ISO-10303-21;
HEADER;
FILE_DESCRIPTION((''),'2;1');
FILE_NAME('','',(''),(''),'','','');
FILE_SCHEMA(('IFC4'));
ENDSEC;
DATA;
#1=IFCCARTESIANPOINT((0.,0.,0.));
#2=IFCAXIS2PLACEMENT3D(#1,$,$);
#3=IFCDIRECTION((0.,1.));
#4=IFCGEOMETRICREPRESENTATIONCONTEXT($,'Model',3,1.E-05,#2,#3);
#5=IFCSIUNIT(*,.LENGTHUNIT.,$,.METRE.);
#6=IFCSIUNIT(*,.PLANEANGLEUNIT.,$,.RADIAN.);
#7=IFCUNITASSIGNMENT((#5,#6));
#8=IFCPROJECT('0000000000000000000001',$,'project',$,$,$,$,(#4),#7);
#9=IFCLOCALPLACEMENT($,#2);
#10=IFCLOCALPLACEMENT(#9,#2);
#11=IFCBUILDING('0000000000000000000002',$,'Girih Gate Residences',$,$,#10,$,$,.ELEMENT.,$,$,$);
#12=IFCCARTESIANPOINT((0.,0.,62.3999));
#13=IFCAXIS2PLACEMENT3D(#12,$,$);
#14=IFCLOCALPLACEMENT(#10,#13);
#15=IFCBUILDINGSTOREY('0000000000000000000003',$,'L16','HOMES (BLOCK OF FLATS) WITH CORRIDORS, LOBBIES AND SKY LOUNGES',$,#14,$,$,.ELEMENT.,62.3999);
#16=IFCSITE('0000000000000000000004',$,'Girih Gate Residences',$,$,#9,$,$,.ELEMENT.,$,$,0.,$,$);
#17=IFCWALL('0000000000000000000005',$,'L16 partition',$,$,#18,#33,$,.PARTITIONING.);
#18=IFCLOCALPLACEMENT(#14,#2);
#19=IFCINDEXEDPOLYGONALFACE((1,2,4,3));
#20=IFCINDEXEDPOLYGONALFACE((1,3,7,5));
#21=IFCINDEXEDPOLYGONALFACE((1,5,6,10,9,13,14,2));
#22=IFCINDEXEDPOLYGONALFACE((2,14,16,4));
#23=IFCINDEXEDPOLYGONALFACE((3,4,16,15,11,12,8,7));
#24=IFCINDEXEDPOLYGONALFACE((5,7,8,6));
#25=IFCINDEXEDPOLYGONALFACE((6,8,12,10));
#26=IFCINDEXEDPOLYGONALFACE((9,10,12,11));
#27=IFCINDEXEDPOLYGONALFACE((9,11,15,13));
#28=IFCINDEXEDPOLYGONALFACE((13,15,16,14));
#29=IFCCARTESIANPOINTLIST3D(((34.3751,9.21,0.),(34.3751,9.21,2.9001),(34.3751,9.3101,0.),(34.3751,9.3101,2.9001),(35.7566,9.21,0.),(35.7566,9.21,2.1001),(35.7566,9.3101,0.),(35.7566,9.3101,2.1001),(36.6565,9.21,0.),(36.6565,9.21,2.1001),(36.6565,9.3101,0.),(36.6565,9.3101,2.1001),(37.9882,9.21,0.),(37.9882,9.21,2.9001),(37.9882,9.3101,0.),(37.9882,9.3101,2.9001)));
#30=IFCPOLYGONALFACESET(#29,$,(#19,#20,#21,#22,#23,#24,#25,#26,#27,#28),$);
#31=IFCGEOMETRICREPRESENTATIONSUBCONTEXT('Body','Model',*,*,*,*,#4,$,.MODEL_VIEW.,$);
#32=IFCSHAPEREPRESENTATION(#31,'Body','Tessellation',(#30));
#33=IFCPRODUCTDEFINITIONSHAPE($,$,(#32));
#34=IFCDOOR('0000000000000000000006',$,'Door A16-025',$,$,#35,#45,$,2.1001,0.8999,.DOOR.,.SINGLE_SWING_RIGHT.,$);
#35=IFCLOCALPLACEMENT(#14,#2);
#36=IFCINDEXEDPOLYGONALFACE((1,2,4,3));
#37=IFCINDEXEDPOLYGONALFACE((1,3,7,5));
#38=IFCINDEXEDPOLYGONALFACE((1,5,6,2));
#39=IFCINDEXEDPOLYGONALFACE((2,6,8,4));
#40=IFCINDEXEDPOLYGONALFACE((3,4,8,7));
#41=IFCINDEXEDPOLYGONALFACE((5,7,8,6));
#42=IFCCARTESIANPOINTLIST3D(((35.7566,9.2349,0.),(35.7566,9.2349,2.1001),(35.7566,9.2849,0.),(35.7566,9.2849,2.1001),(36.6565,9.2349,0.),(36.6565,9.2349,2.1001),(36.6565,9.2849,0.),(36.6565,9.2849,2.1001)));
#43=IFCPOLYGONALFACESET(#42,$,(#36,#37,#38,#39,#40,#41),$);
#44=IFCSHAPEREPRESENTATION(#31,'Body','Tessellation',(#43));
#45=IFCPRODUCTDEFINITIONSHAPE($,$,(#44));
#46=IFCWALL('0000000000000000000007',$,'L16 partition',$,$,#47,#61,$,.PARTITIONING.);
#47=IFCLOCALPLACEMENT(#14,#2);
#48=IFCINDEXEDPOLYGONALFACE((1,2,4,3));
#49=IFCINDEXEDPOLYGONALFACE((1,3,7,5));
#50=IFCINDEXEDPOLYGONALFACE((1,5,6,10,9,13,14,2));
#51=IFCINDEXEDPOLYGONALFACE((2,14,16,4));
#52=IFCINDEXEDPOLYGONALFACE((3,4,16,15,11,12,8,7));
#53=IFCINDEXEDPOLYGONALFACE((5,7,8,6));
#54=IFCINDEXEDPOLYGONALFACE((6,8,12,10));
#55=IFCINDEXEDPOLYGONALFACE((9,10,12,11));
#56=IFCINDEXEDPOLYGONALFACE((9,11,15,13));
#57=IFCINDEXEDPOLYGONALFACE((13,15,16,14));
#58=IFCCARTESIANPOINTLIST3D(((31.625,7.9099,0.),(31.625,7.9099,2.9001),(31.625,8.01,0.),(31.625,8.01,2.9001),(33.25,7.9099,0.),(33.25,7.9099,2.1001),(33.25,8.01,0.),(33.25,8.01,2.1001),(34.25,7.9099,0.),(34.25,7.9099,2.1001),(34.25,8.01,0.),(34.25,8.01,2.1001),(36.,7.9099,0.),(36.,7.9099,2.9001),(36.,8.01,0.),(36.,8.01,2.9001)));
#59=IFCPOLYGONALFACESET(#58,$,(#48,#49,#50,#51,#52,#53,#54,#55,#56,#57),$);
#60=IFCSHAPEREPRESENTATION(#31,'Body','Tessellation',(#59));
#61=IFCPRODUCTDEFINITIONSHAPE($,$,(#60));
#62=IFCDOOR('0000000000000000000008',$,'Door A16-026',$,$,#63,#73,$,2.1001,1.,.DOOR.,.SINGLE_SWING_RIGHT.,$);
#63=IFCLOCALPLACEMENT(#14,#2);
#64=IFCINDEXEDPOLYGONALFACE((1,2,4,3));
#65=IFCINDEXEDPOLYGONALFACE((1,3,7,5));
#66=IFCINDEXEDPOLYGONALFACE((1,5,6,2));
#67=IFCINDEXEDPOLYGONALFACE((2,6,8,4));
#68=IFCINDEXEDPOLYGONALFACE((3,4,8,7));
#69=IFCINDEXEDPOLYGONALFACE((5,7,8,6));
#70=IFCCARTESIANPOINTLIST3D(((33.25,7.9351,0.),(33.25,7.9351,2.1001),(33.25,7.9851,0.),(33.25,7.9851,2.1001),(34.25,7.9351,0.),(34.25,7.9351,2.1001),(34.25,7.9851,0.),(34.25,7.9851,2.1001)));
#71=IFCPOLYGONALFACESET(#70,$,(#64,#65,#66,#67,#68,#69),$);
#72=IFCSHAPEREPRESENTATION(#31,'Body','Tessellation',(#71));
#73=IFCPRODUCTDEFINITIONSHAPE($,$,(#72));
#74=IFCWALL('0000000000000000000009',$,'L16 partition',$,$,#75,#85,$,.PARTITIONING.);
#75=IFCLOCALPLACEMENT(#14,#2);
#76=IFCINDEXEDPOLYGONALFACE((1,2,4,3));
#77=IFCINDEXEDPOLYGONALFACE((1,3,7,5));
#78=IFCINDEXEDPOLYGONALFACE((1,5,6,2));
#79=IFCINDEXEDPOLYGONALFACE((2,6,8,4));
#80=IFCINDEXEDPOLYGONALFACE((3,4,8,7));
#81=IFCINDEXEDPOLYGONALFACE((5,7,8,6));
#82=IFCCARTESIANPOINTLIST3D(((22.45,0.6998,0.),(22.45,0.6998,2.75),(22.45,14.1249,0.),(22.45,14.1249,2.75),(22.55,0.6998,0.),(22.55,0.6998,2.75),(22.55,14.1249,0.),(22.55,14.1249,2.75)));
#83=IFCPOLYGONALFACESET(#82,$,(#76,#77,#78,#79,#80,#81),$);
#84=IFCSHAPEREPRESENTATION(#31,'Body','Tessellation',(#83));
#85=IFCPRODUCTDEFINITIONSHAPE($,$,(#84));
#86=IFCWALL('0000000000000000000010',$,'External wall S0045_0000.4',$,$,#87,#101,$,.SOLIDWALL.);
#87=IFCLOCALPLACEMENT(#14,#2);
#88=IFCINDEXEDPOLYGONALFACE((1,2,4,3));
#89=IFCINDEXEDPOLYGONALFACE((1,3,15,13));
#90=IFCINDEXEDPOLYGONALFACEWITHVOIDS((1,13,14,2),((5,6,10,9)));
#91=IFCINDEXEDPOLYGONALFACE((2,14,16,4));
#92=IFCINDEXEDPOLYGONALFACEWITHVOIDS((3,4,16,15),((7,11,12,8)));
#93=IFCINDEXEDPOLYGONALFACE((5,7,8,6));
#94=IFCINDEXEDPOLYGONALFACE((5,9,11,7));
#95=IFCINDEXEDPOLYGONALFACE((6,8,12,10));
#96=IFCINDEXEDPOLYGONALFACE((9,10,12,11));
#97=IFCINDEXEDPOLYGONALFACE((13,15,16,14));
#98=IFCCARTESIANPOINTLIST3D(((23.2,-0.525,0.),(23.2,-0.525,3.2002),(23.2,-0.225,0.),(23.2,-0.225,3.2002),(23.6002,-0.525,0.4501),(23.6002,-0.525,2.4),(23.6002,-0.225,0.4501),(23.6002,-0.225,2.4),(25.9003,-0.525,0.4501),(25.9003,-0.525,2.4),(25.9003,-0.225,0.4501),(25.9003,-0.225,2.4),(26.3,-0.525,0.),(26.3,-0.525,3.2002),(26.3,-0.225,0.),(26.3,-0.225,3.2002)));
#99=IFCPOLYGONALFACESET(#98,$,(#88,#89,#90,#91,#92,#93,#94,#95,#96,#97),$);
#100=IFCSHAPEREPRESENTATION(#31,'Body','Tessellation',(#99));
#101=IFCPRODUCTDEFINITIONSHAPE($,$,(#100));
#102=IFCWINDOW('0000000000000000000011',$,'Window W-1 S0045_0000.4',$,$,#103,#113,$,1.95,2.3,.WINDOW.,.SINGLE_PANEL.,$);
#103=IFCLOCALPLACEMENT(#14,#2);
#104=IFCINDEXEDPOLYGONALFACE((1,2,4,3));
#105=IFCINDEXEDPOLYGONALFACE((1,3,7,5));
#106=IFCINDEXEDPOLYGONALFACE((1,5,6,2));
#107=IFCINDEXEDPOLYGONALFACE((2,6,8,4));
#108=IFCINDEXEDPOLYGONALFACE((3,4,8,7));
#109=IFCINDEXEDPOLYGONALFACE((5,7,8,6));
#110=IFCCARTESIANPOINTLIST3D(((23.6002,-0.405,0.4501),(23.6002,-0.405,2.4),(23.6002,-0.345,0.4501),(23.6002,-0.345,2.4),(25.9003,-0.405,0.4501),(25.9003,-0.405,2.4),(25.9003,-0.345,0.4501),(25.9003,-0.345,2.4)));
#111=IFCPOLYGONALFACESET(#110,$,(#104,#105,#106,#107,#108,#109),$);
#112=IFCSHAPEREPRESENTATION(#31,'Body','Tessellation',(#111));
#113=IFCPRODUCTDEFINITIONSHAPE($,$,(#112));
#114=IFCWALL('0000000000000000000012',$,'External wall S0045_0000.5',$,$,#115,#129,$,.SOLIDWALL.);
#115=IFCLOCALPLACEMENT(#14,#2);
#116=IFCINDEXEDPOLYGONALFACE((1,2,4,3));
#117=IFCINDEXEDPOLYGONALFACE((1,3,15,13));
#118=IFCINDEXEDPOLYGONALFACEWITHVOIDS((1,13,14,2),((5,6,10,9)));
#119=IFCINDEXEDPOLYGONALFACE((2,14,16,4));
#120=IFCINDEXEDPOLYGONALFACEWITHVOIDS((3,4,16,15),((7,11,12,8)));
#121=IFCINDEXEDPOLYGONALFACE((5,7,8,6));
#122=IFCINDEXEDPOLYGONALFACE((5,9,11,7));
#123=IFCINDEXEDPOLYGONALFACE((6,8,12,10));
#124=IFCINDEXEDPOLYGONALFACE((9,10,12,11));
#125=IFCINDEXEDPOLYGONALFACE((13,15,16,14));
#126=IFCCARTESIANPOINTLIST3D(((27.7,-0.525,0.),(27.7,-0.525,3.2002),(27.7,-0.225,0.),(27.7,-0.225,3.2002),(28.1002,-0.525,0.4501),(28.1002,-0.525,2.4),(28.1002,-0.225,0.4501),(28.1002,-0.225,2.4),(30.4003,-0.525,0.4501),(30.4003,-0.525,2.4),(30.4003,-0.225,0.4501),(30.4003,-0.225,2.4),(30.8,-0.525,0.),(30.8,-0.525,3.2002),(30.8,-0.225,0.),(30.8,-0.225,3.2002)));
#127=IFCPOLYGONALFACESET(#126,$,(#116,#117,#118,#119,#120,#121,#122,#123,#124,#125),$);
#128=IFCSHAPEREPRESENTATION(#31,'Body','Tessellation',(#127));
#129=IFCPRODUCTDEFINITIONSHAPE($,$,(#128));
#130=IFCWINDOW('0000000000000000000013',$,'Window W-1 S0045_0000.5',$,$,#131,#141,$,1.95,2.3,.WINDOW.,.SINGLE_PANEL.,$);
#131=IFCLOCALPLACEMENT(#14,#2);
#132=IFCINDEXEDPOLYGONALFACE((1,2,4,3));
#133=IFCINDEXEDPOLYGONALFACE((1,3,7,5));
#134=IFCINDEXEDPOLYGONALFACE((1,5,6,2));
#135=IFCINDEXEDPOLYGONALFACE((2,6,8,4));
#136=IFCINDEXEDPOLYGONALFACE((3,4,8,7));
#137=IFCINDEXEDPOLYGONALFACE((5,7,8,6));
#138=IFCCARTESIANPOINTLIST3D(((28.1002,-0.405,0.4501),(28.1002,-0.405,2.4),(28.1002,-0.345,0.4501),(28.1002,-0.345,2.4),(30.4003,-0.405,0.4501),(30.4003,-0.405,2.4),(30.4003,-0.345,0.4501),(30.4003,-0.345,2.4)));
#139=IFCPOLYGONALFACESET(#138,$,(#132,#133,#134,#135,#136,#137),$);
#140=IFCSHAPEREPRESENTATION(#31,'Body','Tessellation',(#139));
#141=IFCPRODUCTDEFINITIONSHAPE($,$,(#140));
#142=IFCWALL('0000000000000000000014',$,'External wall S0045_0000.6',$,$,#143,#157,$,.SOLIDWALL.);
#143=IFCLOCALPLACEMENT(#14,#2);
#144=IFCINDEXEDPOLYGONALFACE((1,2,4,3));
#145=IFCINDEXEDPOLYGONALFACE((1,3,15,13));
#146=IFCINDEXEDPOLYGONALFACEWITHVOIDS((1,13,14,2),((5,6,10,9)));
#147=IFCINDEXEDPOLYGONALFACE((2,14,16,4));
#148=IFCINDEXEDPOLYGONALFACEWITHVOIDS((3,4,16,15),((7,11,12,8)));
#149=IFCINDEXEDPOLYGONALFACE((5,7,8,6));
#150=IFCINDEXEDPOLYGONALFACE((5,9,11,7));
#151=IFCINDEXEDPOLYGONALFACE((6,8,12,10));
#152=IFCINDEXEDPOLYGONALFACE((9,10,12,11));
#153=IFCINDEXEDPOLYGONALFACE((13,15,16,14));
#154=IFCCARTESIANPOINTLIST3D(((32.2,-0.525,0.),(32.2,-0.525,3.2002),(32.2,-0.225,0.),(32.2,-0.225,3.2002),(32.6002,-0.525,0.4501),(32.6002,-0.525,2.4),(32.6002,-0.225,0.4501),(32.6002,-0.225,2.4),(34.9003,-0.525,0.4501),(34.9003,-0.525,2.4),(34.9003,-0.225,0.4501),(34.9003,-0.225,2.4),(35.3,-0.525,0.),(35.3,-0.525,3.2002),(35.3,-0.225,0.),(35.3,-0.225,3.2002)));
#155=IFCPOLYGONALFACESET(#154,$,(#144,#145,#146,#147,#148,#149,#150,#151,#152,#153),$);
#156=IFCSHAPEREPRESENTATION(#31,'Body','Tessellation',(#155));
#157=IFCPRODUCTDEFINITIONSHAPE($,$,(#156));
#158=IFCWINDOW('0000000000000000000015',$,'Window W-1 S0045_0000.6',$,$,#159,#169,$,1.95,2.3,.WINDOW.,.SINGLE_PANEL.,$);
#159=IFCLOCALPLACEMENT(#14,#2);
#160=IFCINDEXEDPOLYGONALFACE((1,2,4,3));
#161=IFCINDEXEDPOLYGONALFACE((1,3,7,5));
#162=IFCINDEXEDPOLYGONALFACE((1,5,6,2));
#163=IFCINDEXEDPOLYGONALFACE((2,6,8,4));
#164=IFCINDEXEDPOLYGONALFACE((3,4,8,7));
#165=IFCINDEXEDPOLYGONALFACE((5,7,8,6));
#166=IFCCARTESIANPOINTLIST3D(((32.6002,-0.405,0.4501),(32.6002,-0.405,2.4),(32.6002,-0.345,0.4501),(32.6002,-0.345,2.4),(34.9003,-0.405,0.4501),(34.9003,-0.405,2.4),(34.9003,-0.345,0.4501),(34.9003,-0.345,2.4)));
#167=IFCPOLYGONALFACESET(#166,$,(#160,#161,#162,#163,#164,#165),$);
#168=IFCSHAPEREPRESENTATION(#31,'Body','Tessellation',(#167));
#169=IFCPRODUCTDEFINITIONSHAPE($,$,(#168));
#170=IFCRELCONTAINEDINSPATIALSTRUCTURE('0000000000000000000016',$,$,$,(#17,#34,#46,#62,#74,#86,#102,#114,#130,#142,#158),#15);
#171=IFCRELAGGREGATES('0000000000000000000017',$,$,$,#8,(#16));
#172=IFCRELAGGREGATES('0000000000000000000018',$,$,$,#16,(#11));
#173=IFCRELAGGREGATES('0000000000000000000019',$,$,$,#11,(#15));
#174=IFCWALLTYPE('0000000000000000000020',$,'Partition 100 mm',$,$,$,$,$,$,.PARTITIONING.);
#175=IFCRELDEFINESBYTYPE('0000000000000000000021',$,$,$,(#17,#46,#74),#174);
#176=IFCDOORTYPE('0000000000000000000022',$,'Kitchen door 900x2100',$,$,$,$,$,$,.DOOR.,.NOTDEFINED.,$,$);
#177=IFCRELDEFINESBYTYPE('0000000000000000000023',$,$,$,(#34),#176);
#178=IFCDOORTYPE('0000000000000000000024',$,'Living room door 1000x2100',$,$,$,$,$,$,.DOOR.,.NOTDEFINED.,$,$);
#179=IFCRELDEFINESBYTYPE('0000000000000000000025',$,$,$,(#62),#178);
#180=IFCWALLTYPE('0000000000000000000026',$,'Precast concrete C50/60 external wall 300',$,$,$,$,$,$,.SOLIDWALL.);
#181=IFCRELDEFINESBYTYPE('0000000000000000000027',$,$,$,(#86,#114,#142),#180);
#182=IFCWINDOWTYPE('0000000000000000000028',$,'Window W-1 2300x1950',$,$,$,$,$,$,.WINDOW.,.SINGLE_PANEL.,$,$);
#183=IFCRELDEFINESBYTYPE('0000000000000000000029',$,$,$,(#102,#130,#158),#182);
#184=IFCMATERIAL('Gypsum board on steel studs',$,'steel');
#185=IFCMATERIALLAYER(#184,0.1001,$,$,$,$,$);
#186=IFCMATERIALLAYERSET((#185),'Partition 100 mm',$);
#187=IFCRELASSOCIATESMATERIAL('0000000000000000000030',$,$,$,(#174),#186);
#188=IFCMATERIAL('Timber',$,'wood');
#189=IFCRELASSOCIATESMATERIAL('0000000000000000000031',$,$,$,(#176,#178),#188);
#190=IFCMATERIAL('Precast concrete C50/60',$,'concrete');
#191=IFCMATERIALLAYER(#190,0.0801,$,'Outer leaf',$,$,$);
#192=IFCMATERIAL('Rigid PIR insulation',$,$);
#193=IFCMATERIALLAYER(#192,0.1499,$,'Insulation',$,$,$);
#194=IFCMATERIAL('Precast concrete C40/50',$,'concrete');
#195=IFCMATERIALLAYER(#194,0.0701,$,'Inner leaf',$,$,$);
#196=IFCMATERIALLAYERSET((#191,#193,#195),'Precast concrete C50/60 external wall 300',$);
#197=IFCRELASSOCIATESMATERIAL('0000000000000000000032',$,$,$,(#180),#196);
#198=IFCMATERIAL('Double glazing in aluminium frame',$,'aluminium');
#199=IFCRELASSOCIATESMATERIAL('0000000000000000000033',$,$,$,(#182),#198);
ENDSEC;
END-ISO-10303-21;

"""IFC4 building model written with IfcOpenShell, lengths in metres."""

from ifc_helpers import new_model, si_unit, direction, frame, frame_2d, origin, place, context, subcontext, project, spatial, rectangle, extrude, material, layer, layer_set, type_object, element, fill, save


model = new_model("IFC4")

# Units and contexts
model_context = context("Model", 3, precision=1e-05, world=origin(), true_north=direction((0.0, 1.0)))
body_context = subcontext(model_context, "Body", "Model", "MODEL_VIEW")
ifc_project = project(units=[si_unit("LENGTHUNIT", "METRE"), si_unit("PLANEANGLEUNIT", "RADIAN")], contexts=[model_context])

# Site, building, storey
site_placement = place(None, origin())
site = spatial("IfcSite", under=ifc_project, at=site_placement, Name="Girih Gate Residences", CompositionType="ELEMENT", RefElevation=0.0)
building_placement = place(site_placement, origin())
building = spatial("IfcBuilding", under=site, at=building_placement, Name="Girih Gate Residences", CompositionType="ELEMENT")
storey_placement = place(building_placement, frame((0.0, 0.0, 62.3999)))
storey = spatial("IfcBuildingStorey", under=building, at=storey_placement, Name="L16", Description="HOMES (BLOCK OF FLATS) WITH CORRIDORS, LOBBIES AND SKY LOUNGES", CompositionType="ELEMENT", Elevation=62.3999)

# Shared definitions
ifc_material_1 = material(Name="Gypsum board on steel studs", Category="steel")

# Shared definitions
ifc_layer_1 = layer(ifc_material_1, 0.1001)
ifc_layer_set_1 = layer_set([ifc_layer_1], Name="Partition 100 mm")
wall_type_1 = type_object("IfcWallType", Name="Partition 100 mm", PredefinedType="PARTITIONING", material=ifc_layer_set_1)
ifc_material_2 = material(Name="Timber", Category="wood")

# Walls, openings, doors
wall_1_placement = place(storey_placement, frame((34.375, 9.26, 0.0), z_axis=(0.0, 0.0, 1.0), x_axis=(1.0, 0.0, 0.0)))
wall_1 = element("IfcWall", 1, at=wall_1_placement, inside=storey, type_object=wall_type_1, Name="L16 partition", PredefinedType="PARTITIONING", context=body_context, shape_type="SweptSolid", body=[
    extrude(rectangle(XDim=3.613, YDim=0.1001, at=frame_2d((1.8066, 0.0))), origin(), (0.0, 0.0, 1.0), 2.9001),
])
opening_1_placement = place(wall_1_placement, frame((1.3816, 0.0, 0.0)))
opening_1 = element("IfcOpeningElement", 2, at=opening_1_placement, cuts=wall_1, PredefinedType="OPENING", context=body_context, shape_type="SweptSolid", body=[
    extrude(rectangle(XDim=0.8999, YDim=2.1001, at=frame_2d((0.45, 1.05))), frame((0.0, 0.0601, 0.0), z_axis=(0.0, -1.0, 0.0), x_axis=(1.0, 0.0, 0.0)), (0.0, 0.0, 1.0), 0.1201),
])
door_type_1 = type_object("IfcDoorType", Name="Kitchen door 900x2100", OperationType="NOTDEFINED", PredefinedType="DOOR", material=ifc_material_2)
door_1_placement = place(opening_1_placement, origin())
door_1 = element("IfcDoor", 3, at=door_1_placement, inside=storey, type_object=door_type_1, Name="Door A16-025", OperationType="SINGLE_SWING_RIGHT", OverallHeight=2.1001, OverallWidth=0.8999, PredefinedType="DOOR", context=body_context, shape_type="SweptSolid", body=[
    extrude(rectangle(XDim=0.8999, YDim=2.1001, at=frame_2d((0.45, 1.05))), frame((0.0, 0.0249, 0.0), z_axis=(0.0, -1.0, 0.0), x_axis=(1.0, 0.0, 0.0)), (0.0, 0.0, 1.0), 0.05),
])
fill(opening_1, door_1)
wall_2_placement = place(storey_placement, frame((36.0, 7.96, 0.0), z_axis=(0.0, 0.0, 1.0), x_axis=(-1.0, 0.0, 0.0)))
wall_2 = element("IfcWall", 4, at=wall_2_placement, inside=storey, type_object=wall_type_1, Name="L16 partition", PredefinedType="PARTITIONING", context=body_context, shape_type="SweptSolid", body=[
    extrude(rectangle(XDim=4.375, YDim=0.1001, at=frame_2d((2.1875, 0.0))), origin(), (0.0, 0.0, 1.0), 2.9001),
])
opening_2_placement = place(wall_2_placement, frame((1.75, 0.0, 0.0)))
opening_2 = element("IfcOpeningElement", 5, at=opening_2_placement, cuts=wall_2, PredefinedType="OPENING", context=body_context, shape_type="SweptSolid", body=[
    extrude(rectangle(XDim=1.0, YDim=2.1001, at=frame_2d((0.5, 1.05))), frame((0.0, 0.0601, 0.0), z_axis=(0.0, -1.0, 0.0), x_axis=(1.0, 0.0, 0.0)), (0.0, 0.0, 1.0), 0.1201),
])
door_type_2 = type_object("IfcDoorType", Name="Living room door 1000x2100", OperationType="NOTDEFINED", PredefinedType="DOOR", material=ifc_material_2)
door_2_placement = place(opening_2_placement, origin())
door_2 = element("IfcDoor", 6, at=door_2_placement, inside=storey, type_object=door_type_2, Name="Door A16-026", OperationType="SINGLE_SWING_RIGHT", OverallHeight=2.1001, OverallWidth=1.0, PredefinedType="DOOR", context=body_context, shape_type="SweptSolid", body=[
    extrude(rectangle(XDim=1.0, YDim=2.1001, at=frame_2d((0.5, 1.05))), frame((0.0, 0.0249, 0.0), z_axis=(0.0, -1.0, 0.0), x_axis=(1.0, 0.0, 0.0)), (0.0, 0.0, 1.0), 0.05),
])
fill(opening_2, door_2)

# Wall
wall_3_placement = place(storey_placement, frame((22.5, 0.7, 0.0), z_axis=(0.0, 0.0, 1.0), x_axis=(0.0, 1.0, 0.0)))
element("IfcWall", 7, at=wall_3_placement, inside=storey, type_object=wall_type_1, Name="L16 partition", PredefinedType="PARTITIONING", context=body_context, shape_type="SweptSolid", body=[
    extrude(rectangle(XDim=13.425, YDim=0.1001, at=frame_2d((6.7124, 0.0))), origin(), (0.0, 0.0, 1.0), 2.75),
])

# Walls, openings, windows
ifc_material_3 = material(Name="Precast concrete C50/60", Category="concrete")
ifc_layer_2 = layer(ifc_material_3, 0.0801, Name="Outer leaf")
ifc_material_4 = material(Name="Rigid PIR insulation")
ifc_layer_3 = layer(ifc_material_4, 0.1499, Name="Insulation")
ifc_material_5 = material(Name="Precast concrete C40/50", Category="concrete")
ifc_layer_4 = layer(ifc_material_5, 0.0701, Name="Inner leaf")
ifc_layer_set_2 = layer_set([ifc_layer_2, ifc_layer_3, ifc_layer_4], Name="Precast concrete C50/60 external wall 300")
wall_type_2 = type_object("IfcWallType", Name="Precast concrete C50/60 external wall 300", PredefinedType="SOLIDWALL", material=ifc_layer_set_2)
wall_4_placement = place(storey_placement, frame((26.3, -0.375, 0.0), z_axis=(0.0, 0.0, 1.0), x_axis=(-1.0, 0.0, 0.0)))
wall_4 = element("IfcWall", 8, at=wall_4_placement, inside=storey, type_object=wall_type_2, Name="External wall S0045_0000.4", PredefinedType="SOLIDWALL", context=body_context, shape_type="SweptSolid", body=[
    extrude(rectangle(XDim=3.1001, YDim=0.3, at=frame_2d((1.55, 0.0))), origin(), (0.0, 0.0, 1.0), 3.2002),
])
opening_3_placement = place(wall_4_placement, frame((0.3999, 0.0, 0.45)))
opening_3 = element("IfcOpeningElement", 9, at=opening_3_placement, cuts=wall_4, PredefinedType="OPENING", context=body_context, shape_type="SweptSolid", body=[
    extrude(rectangle(XDim=2.3, YDim=1.95, at=frame_2d((1.1499, 0.9751))), frame((0.0, 0.1599, 0.0), z_axis=(0.0, -1.0, 0.0), x_axis=(1.0, 0.0, 0.0)), (0.0, 0.0, 1.0), 0.3201),
])
ifc_material_6 = material(Name="Double glazing in aluminium frame", Category="aluminium")
window_type = type_object("IfcWindowType", Name="Window W-1 2300x1950", PartitioningType="SINGLE_PANEL", PredefinedType="WINDOW", material=ifc_material_6)
window_1_placement = place(opening_3_placement, origin())
window_1 = element("IfcWindow", 10, at=window_1_placement, inside=storey, type_object=window_type, Name="Window W-1 S0045_0000.4", OverallHeight=1.95, OverallWidth=2.3, PartitioningType="SINGLE_PANEL", PredefinedType="WINDOW", context=body_context, shape_type="SweptSolid", body=[
    extrude(rectangle(XDim=2.3, YDim=1.95, at=frame_2d((1.1499, 0.9751))), frame((0.0, 0.03, 0.0), z_axis=(0.0, -1.0, 0.0), x_axis=(1.0, 0.0, 0.0)), (0.0, 0.0, 1.0), 0.0601),
])
fill(opening_3, window_1)
wall_5_placement = place(storey_placement, frame((30.8, -0.375, 0.0), z_axis=(0.0, 0.0, 1.0), x_axis=(-1.0, 0.0, 0.0)))
wall_5 = element("IfcWall", 11, at=wall_5_placement, inside=storey, type_object=wall_type_2, Name="External wall S0045_0000.5", PredefinedType="SOLIDWALL", context=body_context, shape_type="SweptSolid", body=[
    extrude(rectangle(XDim=3.1001, YDim=0.3, at=frame_2d((1.55, 0.0))), origin(), (0.0, 0.0, 1.0), 3.2002),
])
opening_4_placement = place(wall_5_placement, frame((0.3999, 0.0, 0.45)))
opening_4 = element("IfcOpeningElement", 12, at=opening_4_placement, cuts=wall_5, PredefinedType="OPENING", context=body_context, shape_type="SweptSolid", body=[
    extrude(rectangle(XDim=2.3, YDim=1.95, at=frame_2d((1.1499, 0.9751))), frame((0.0, 0.1599, 0.0), z_axis=(0.0, -1.0, 0.0), x_axis=(1.0, 0.0, 0.0)), (0.0, 0.0, 1.0), 0.3201),
])
window_2_placement = place(opening_4_placement, origin())
window_2 = element("IfcWindow", 13, at=window_2_placement, inside=storey, type_object=window_type, Name="Window W-1 S0045_0000.5", OverallHeight=1.95, OverallWidth=2.3, PartitioningType="SINGLE_PANEL", PredefinedType="WINDOW", context=body_context, shape_type="SweptSolid", body=[
    extrude(rectangle(XDim=2.3, YDim=1.95, at=frame_2d((1.1499, 0.9751))), frame((0.0, 0.03, 0.0), z_axis=(0.0, -1.0, 0.0), x_axis=(1.0, 0.0, 0.0)), (0.0, 0.0, 1.0), 0.0601),
])
fill(opening_4, window_2)
wall_6_placement = place(storey_placement, frame((35.3, -0.375, 0.0), z_axis=(0.0, 0.0, 1.0), x_axis=(-1.0, 0.0, 0.0)))
wall_6 = element("IfcWall", 14, at=wall_6_placement, inside=storey, type_object=wall_type_2, Name="External wall S0045_0000.6", PredefinedType="SOLIDWALL", context=body_context, shape_type="SweptSolid", body=[
    extrude(rectangle(XDim=3.1001, YDim=0.3, at=frame_2d((1.55, 0.0))), origin(), (0.0, 0.0, 1.0), 3.2002),
])
opening_5_placement = place(wall_6_placement, frame((0.3999, 0.0, 0.45)))
opening_5 = element("IfcOpeningElement", 15, at=opening_5_placement, cuts=wall_6, PredefinedType="OPENING", context=body_context, shape_type="SweptSolid", body=[
    extrude(rectangle(XDim=2.3, YDim=1.95, at=frame_2d((1.1499, 0.9751))), frame((0.0, 0.1599, 0.0), z_axis=(0.0, -1.0, 0.0), x_axis=(1.0, 0.0, 0.0)), (0.0, 0.0, 1.0), 0.3201),
])
window_3_placement = place(opening_5_placement, origin())
window_3 = element("IfcWindow", 16, at=window_3_placement, inside=storey, type_object=window_type, Name="Window W-1 S0045_0000.6", OverallHeight=1.95, OverallWidth=2.3, PartitioningType="SINGLE_PANEL", PredefinedType="WINDOW", context=body_context, shape_type="SweptSolid", body=[
    extrude(rectangle(XDim=2.3, YDim=1.95, at=frame_2d((1.1499, 0.9751))), frame((0.0, 0.03, 0.0), z_axis=(0.0, -1.0, 0.0), x_axis=(1.0, 0.0, 0.0)), (0.0, 0.0, 1.0), 0.0601),
])
fill(opening_5, window_3)

save(model, "model.ifc")
